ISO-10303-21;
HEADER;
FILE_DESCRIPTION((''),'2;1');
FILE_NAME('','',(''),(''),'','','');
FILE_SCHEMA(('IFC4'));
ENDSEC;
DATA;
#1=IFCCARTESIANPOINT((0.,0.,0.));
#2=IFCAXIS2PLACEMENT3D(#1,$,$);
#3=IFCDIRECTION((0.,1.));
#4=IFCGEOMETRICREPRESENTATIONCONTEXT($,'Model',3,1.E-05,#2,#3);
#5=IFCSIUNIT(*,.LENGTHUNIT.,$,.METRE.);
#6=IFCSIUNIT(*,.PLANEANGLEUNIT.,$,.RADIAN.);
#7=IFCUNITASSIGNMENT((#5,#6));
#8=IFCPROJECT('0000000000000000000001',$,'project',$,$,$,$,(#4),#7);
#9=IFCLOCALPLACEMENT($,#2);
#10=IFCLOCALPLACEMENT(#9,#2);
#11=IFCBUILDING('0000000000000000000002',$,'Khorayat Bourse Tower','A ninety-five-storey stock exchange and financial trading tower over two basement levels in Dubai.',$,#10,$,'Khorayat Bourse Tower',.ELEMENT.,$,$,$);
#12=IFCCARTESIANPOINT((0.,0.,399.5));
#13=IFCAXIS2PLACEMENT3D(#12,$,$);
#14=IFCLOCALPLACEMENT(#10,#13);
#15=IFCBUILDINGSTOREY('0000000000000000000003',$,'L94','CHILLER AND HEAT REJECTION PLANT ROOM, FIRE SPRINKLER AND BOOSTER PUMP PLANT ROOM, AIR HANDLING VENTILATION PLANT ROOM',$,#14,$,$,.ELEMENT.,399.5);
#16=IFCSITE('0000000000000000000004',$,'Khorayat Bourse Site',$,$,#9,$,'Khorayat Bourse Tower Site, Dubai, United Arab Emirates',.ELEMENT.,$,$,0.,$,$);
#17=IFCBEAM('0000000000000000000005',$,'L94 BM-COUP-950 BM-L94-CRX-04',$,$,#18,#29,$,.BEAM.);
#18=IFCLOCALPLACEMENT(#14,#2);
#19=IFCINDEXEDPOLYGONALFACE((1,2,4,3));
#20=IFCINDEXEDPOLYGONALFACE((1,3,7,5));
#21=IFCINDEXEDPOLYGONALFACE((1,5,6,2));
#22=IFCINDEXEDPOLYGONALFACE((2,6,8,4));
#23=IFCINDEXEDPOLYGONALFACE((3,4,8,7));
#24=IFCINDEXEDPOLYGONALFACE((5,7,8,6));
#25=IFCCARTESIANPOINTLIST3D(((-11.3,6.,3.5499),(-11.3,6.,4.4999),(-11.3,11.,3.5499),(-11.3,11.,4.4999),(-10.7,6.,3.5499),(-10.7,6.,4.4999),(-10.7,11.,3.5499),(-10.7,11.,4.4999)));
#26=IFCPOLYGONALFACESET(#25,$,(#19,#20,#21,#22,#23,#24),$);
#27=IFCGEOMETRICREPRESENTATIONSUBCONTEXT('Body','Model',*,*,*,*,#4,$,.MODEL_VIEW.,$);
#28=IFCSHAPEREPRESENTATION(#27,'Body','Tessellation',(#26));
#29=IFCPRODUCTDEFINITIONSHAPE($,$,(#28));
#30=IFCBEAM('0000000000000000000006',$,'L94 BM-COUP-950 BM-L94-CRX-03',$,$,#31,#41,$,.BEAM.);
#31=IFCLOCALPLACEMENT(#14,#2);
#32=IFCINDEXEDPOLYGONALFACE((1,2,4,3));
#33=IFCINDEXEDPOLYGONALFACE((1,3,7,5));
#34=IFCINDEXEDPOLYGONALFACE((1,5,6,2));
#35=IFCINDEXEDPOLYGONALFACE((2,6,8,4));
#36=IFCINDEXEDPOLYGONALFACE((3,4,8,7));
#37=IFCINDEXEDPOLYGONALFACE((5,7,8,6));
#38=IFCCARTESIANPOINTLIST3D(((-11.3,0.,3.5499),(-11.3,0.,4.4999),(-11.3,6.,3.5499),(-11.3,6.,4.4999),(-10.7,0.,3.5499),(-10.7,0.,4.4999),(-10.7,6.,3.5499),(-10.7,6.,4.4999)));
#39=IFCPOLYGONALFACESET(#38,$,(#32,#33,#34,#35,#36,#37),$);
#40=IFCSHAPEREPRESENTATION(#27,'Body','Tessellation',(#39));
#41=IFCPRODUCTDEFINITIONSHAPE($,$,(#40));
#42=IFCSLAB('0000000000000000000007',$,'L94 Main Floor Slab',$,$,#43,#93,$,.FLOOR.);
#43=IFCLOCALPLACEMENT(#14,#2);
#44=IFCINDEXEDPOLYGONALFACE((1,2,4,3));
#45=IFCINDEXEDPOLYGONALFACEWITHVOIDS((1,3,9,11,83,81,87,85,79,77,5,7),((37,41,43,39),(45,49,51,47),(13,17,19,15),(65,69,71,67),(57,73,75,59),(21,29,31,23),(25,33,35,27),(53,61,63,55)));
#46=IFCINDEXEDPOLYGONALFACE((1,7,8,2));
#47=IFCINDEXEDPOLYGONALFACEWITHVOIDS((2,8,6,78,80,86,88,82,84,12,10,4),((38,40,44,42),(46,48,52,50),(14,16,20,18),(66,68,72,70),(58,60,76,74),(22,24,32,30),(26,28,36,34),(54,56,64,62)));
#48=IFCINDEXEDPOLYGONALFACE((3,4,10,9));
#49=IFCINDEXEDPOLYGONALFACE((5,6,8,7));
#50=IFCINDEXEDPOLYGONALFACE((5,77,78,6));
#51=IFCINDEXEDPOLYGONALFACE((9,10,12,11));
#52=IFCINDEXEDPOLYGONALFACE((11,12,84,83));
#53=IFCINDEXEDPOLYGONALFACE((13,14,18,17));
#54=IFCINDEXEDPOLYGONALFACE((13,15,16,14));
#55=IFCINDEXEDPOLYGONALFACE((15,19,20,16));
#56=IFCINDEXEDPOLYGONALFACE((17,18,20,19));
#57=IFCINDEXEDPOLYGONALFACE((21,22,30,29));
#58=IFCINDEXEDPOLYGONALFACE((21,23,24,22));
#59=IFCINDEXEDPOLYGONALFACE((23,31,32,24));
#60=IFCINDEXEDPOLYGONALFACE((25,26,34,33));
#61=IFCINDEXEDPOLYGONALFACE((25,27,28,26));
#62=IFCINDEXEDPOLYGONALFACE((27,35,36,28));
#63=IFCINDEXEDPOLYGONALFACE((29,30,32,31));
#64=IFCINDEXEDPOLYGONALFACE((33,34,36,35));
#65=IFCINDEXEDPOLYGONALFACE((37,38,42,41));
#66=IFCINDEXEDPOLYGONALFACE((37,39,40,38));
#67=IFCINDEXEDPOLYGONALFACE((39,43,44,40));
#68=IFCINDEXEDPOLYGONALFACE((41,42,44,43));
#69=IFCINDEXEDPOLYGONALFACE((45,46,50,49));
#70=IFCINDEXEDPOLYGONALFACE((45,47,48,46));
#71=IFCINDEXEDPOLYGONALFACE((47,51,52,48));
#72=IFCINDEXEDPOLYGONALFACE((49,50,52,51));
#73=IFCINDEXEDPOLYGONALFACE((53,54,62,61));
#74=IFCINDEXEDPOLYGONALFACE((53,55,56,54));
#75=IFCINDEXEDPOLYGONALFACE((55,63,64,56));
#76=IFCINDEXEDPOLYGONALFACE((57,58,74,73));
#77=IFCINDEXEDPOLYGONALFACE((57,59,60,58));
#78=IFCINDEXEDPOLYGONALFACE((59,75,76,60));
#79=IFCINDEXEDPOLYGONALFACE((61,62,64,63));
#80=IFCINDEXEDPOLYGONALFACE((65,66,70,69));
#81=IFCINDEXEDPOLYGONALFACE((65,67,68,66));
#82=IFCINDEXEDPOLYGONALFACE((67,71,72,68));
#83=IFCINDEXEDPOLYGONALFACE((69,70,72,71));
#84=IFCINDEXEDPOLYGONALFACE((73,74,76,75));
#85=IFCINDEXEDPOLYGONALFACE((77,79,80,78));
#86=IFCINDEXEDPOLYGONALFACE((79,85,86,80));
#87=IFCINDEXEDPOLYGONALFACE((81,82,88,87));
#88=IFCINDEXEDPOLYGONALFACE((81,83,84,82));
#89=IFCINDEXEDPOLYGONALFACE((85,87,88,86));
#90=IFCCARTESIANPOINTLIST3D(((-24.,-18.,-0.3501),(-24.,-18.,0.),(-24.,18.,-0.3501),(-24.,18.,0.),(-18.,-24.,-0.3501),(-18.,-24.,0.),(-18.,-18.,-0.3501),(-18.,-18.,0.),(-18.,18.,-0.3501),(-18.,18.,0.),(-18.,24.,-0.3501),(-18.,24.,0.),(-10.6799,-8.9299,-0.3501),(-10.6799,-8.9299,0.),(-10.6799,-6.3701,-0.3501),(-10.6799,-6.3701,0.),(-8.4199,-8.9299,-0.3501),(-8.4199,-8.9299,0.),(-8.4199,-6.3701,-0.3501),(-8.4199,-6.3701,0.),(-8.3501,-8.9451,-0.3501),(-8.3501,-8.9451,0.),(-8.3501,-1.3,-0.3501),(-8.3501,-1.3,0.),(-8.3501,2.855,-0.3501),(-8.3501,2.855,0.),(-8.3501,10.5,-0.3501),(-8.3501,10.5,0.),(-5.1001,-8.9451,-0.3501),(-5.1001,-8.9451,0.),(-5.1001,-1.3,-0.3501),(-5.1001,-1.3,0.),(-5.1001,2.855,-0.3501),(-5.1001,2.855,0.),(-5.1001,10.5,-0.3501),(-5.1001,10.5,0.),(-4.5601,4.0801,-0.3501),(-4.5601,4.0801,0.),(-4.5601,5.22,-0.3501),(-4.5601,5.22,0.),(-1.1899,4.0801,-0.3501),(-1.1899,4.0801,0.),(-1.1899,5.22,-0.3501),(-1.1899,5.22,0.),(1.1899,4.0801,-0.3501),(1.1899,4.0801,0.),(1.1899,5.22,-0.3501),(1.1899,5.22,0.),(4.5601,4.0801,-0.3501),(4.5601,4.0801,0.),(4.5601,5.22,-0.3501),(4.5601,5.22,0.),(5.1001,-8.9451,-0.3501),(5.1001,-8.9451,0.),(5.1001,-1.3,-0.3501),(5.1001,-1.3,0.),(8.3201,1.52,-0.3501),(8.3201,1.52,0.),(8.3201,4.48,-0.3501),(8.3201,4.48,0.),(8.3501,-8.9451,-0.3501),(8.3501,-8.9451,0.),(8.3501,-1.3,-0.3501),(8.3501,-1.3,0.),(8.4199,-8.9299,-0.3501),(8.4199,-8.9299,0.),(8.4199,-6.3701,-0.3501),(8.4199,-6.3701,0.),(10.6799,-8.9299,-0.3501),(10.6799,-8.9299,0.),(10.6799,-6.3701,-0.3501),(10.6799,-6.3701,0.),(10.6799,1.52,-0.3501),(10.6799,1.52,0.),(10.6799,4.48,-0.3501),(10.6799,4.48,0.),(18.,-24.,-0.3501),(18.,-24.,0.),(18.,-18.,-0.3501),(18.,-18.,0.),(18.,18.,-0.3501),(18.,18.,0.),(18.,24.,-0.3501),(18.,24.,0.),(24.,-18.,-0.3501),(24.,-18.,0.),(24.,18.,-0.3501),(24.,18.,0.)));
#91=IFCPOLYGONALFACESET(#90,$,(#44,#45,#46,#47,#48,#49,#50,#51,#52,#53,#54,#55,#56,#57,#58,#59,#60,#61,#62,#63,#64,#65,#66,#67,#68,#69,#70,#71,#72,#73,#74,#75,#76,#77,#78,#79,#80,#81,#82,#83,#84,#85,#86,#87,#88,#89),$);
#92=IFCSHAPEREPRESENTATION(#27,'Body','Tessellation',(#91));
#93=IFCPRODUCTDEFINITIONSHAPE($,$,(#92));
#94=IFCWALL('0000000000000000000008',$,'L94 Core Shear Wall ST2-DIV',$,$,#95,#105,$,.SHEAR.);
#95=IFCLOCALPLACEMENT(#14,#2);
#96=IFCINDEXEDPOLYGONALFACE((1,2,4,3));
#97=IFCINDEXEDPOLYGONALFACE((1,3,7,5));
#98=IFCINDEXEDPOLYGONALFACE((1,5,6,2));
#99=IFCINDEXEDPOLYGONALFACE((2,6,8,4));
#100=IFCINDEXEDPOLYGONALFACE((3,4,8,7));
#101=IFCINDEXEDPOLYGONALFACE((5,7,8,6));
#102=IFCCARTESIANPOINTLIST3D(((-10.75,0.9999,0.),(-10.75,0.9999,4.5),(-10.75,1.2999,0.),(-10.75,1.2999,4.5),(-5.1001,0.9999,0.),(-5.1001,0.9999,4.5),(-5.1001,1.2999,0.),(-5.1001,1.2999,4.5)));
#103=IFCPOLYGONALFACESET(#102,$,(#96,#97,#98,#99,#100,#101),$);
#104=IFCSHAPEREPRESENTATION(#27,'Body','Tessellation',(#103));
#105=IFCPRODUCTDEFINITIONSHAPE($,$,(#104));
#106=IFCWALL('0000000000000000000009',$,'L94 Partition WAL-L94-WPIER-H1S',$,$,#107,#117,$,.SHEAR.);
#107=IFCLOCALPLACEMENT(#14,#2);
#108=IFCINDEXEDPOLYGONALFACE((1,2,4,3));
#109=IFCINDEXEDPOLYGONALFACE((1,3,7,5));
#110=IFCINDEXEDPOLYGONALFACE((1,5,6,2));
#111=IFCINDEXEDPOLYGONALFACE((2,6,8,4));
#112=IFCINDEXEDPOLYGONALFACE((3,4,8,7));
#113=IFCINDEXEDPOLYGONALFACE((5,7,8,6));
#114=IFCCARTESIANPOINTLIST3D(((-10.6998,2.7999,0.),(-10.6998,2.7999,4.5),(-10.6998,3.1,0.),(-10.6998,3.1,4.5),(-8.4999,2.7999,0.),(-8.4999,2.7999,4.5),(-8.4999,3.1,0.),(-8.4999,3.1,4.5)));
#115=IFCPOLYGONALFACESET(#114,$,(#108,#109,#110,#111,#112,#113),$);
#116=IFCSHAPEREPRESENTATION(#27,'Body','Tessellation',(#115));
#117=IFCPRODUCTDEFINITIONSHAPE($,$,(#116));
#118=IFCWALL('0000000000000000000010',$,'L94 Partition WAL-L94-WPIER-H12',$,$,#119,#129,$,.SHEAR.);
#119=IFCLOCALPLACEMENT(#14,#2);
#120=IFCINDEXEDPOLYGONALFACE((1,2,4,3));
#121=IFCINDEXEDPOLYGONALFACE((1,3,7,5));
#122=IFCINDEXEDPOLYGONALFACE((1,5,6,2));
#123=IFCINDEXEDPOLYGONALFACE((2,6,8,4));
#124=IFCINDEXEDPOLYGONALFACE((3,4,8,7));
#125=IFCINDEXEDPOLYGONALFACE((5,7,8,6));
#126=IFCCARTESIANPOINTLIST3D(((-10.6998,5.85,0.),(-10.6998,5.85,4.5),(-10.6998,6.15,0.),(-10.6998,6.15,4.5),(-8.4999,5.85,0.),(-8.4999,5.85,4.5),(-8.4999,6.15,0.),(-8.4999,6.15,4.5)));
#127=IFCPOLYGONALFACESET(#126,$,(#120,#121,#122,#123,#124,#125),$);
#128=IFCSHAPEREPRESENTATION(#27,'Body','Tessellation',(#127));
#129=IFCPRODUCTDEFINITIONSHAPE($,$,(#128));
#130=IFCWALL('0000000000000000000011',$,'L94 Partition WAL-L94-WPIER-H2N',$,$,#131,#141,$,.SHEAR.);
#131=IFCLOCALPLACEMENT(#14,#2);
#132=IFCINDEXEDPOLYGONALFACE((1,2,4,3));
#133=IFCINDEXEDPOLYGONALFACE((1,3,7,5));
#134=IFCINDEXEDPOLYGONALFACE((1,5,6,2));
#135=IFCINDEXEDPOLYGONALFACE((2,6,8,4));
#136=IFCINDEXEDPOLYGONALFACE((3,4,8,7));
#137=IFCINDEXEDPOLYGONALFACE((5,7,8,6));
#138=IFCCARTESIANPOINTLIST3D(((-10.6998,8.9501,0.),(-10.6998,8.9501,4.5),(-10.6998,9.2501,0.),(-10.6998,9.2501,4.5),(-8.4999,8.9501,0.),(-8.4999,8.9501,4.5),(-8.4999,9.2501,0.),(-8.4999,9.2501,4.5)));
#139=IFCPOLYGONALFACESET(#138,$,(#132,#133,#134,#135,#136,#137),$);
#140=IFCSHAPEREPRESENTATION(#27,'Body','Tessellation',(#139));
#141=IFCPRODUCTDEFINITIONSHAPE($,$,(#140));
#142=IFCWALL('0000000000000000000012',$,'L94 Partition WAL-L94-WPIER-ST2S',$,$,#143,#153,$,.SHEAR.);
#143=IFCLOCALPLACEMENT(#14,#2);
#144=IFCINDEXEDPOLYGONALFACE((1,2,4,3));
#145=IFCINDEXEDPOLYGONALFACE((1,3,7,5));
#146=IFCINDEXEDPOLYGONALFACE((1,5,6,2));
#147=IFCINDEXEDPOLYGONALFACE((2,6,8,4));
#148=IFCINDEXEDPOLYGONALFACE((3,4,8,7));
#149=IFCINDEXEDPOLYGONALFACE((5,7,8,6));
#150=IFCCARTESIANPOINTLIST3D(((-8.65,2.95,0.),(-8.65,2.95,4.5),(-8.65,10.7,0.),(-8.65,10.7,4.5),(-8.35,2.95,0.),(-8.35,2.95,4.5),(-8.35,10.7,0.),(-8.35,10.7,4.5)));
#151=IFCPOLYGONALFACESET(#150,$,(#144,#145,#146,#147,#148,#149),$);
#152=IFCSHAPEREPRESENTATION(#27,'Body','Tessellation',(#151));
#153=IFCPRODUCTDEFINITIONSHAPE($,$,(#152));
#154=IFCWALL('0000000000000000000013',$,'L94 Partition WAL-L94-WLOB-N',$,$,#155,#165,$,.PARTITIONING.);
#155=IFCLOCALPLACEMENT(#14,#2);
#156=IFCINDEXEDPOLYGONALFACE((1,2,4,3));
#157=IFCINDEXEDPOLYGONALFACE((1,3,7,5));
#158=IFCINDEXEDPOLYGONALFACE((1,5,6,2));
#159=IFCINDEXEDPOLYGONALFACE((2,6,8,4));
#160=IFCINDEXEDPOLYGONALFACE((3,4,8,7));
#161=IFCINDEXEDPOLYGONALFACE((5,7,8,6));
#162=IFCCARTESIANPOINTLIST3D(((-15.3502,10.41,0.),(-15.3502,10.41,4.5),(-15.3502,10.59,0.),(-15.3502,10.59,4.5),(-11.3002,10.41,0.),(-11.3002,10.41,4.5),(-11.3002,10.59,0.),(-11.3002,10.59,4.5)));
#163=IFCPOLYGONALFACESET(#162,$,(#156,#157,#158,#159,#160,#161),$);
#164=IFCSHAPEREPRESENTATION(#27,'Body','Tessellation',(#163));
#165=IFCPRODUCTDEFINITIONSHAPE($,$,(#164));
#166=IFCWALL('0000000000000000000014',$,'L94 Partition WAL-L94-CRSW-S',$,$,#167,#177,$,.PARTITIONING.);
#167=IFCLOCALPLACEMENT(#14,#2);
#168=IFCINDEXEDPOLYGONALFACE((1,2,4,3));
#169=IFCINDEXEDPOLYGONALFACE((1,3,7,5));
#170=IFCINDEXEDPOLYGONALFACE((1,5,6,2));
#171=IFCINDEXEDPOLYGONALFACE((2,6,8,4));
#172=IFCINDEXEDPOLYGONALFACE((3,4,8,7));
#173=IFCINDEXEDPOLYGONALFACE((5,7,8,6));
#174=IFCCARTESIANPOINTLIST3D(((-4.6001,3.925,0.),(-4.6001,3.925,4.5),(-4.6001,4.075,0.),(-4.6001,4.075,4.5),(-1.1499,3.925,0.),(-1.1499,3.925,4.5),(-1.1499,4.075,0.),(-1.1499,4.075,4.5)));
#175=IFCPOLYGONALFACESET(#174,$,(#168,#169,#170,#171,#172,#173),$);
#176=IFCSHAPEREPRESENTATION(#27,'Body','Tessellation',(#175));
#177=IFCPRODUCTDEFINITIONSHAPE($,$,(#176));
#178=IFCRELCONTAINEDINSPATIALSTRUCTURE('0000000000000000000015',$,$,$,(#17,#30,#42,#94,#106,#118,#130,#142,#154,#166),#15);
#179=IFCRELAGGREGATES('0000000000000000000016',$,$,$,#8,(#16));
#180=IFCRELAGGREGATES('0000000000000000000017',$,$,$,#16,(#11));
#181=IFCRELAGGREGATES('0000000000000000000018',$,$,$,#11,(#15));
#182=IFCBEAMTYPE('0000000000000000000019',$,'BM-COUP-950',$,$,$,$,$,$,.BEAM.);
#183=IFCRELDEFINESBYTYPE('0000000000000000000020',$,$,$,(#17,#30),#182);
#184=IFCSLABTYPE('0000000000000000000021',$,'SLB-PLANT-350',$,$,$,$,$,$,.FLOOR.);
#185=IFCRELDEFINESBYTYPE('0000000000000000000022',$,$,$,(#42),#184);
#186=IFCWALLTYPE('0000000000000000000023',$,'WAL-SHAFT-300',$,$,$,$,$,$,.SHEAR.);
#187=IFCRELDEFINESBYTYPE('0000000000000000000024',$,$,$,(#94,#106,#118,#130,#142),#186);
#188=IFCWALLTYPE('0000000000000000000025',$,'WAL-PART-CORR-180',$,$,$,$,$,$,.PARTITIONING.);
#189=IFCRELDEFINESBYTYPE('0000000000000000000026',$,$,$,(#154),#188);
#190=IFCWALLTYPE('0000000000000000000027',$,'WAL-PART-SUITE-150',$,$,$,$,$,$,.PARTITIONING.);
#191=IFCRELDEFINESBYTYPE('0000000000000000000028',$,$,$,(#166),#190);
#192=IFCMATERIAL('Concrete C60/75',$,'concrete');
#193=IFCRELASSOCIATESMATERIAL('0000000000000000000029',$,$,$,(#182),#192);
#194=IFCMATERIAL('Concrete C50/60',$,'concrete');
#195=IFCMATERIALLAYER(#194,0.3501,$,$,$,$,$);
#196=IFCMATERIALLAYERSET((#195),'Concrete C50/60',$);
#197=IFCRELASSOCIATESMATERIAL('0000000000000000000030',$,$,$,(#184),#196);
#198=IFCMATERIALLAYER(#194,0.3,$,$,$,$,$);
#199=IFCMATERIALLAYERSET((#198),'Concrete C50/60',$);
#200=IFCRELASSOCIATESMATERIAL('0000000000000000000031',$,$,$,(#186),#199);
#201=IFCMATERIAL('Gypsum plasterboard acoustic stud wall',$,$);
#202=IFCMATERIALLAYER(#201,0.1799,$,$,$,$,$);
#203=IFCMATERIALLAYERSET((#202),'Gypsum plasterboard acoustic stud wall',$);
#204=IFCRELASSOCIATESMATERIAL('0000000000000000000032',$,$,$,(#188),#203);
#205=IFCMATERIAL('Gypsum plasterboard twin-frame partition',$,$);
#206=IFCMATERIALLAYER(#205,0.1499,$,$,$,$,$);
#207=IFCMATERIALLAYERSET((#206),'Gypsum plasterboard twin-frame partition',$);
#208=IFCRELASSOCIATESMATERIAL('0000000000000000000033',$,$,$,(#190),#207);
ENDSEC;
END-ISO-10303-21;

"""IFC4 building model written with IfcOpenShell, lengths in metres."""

from ifc_helpers import new_model, si_unit, direction, frame, frame_2d, origin, origin_2d, place, context, subcontext, project, spatial, polyline, rectangle, outline, extrude, source, transform, mapped, material, layer, layer_set, material_profile, profile_set, type_object, element, save


model = new_model("IFC4")

# Units and contexts
model_context = context("Model", 3, precision=1e-05, world=origin(), true_north=direction((0.0, 1.0)))
body_context = subcontext(model_context, "Body", "Model", "MODEL_VIEW")
ifc_project = project(units=[si_unit("LENGTHUNIT", "METRE"), si_unit("PLANEANGLEUNIT", "RADIAN")], contexts=[model_context])

# Site, building, storey
site_placement = place(None, origin())
site = spatial("IfcSite", under=ifc_project, at=site_placement, Name="Khorayat Bourse Site", LongName="Khorayat Bourse Tower Site, Dubai, United Arab Emirates", CompositionType="ELEMENT", RefElevation=0.0)
building_placement = place(site_placement, origin())
building = spatial("IfcBuilding", under=site, at=building_placement, Name="Khorayat Bourse Tower", Description="A ninety-five-storey stock exchange and financial trading tower over two basement levels in Dubai.", LongName="Khorayat Bourse Tower", CompositionType="ELEMENT")
storey_placement = place(building_placement, frame((0.0, 0.0, 399.5)))
storey = spatial("IfcBuildingStorey", under=building, at=storey_placement, Name="L94", Description="CHILLER AND HEAT REJECTION PLANT ROOM, FIRE SPRINKLER AND BOOSTER PUMP PLANT ROOM, AIR HANDLING VENTILATION PLANT ROOM", CompositionType="ELEMENT", Elevation=399.5)

# Beams
ifc_material_1 = material(Name="Concrete C60/75", Category="concrete")
ifc_material_profile_1 = material_profile(ifc_material_1, rectangle(XDim=0.6001, YDim=0.95, at=origin_2d()), Name="RC 600x950")
ifc_profile_set_1 = profile_set([ifc_material_profile_1], Name="Concrete C60/75")
beam_type_1 = type_object("IfcBeamType", Name="BM-COUP-950", PredefinedType="BEAM", material=ifc_profile_set_1)
shared_shape_1 = source(origin(), body_context, "Body", "SweptSolid", [
    extrude(rectangle(XDim=0.6001, YDim=0.95, at=origin_2d()), origin(), (0.0, 0.0, 1.0), 5.0),
])
beam_1_placement = place(storey_placement, frame((-11.0, 6.0, 4.0249), z_axis=(0.0, 1.0, 0.0), x_axis=(-1.0, 0.0, 0.0)))
element("IfcBeam", 1, at=beam_1_placement, inside=storey, type_object=beam_type_1, Name="L94 BM-COUP-950 BM-L94-CRX-04", PredefinedType="BEAM", context=body_context, shape_type="MappedRepresentation", body=[
    mapped(shared_shape_1, transform((0.0, 0.0, 0.0), scale=1.0)),
])
shared_shape_2 = source(origin(), body_context, "Body", "SweptSolid", [
    extrude(rectangle(XDim=0.6001, YDim=0.95, at=origin_2d()), origin(), (0.0, 0.0, 1.0), 6.0),
])
beam_2_placement = place(storey_placement, frame((-11.0, 0.0, 4.0249), z_axis=(0.0, 1.0, 0.0), x_axis=(-1.0, 0.0, 0.0)))
element("IfcBeam", 2, at=beam_2_placement, inside=storey, type_object=beam_type_1, Name="L94 BM-COUP-950 BM-L94-CRX-03", PredefinedType="BEAM", context=body_context, shape_type="MappedRepresentation", body=[
    mapped(shared_shape_2, transform((0.0, 0.0, 0.0), scale=1.0)),
])

# Slab
ifc_material_2 = material(Name="Concrete C50/60", Category="concrete")
ifc_layer_1 = layer(ifc_material_2, 0.3501)
ifc_layer_set_1 = layer_set([ifc_layer_1], Name="Concrete C50/60")
slab_type = type_object("IfcSlabType", Name="SLB-PLANT-350", PredefinedType="FLOOR", material=ifc_layer_set_1)
slab_placement = place(storey_placement, frame((0.0, 0.0, -0.3501)))
element("IfcSlab", 3, at=slab_placement, inside=storey, type_object=slab_type, Name="L94 Main Floor Slab", PredefinedType="FLOOR", context=body_context, shape_type="SweptSolid", body=[
    extrude(outline(polyline([(-18.0, -24.0), (18.0, -24.0), (18.0, -18.0), (24.0, -18.0), (24.0, 18.0), (18.0, 18.0), (18.0, 24.0), (-18.0, 24.0), (-18.0, 18.0), (-24.0, 18.0), (-24.0, -18.0), (-18.0, -18.0), (-18.0, -24.0)]), holes=[polyline([(-8.3501, -8.9451), (-5.1001, -8.9451), (-5.1001, -1.3), (-8.3501, -1.3), (-8.3501, -8.9451)]), polyline([(-8.3501, 2.855), (-5.1001, 2.855), (-5.1001, 10.5), (-8.3501, 10.5), (-8.3501, 2.855)]), polyline([(5.1001, -8.9451), (8.3501, -8.9451), (8.3501, -1.3), (5.1001, -1.3), (5.1001, -8.9451)]), polyline([(-10.6799, -8.9299), (-8.4199, -8.9299), (-8.4199, -6.3701), (-10.6799, -6.3701), (-10.6799, -8.9299)]), polyline([(8.4199, -8.9299), (10.6799, -8.9299), (10.6799, -6.3701), (8.4199, -6.3701), (8.4199, -8.9299)]), polyline([(8.3201, 1.52), (10.6799, 1.52), (10.6799, 4.48), (8.3201, 4.48), (8.3201, 1.52)]), polyline([(-4.5601, 4.0801), (-1.1899, 4.0801), (-1.1899, 5.22), (-4.5601, 5.22), (-4.5601, 4.0801)]), polyline([(1.1899, 4.0801), (4.5601, 4.0801), (4.5601, 5.22), (1.1899, 5.22), (1.1899, 4.0801)])]), origin(), (0.0, 0.0, 1.0), 0.3501),
])

# Walls
ifc_layer_2 = layer(ifc_material_2, 0.3)
ifc_layer_set_2 = layer_set([ifc_layer_2], Name="Concrete C50/60")
wall_type_1 = type_object("IfcWallType", Name="WAL-SHAFT-300", PredefinedType="SHEAR", material=ifc_layer_set_2)
shared_shape_3 = source(origin(), body_context, "Body", "SweptSolid", [
    extrude(rectangle(XDim=5.6499, YDim=0.3, at=frame_2d((2.825, 0.0))), origin(), (0.0, 0.0, 1.0), 4.5),
])
wall_1_placement = place(storey_placement, frame((-10.75, 1.1499, 0.0), z_axis=(0.0, 0.0, 1.0), x_axis=(1.0, 0.0, 0.0)))
element("IfcWall", 4, at=wall_1_placement, inside=storey, type_object=wall_type_1, Name="L94 Core Shear Wall ST2-DIV", PredefinedType="SHEAR", context=body_context, shape_type="MappedRepresentation", body=[
    mapped(shared_shape_3, transform((0.0, 0.0, 0.0), scale=1.0)),
])
shared_shape_4 = source(origin(), body_context, "Body", "SweptSolid", [
    extrude(rectangle(XDim=2.2, YDim=0.3, at=frame_2d((1.1001, 0.0))), origin(), (0.0, 0.0, 1.0), 4.5),
])
for number, where, z_axis, x_axis, name in (
    (5, (-10.7, 2.95, 0.0), (0.0, 0.0, 1.0), (1.0, 0.0, 0.0), "L94 Partition WAL-L94-WPIER-H1S"),
    (6, (-10.7, 6.0, 0.0), (0.0, 0.0, 1.0), (1.0, 0.0, 0.0), "L94 Partition WAL-L94-WPIER-H12"),
    (7, (-10.7, 9.1001, 0.0), (0.0, 0.0, 1.0), (1.0, 0.0, 0.0), "L94 Partition WAL-L94-WPIER-H2N"),
):
    element("IfcWall", number, at=place(storey_placement, frame(where, z_axis=z_axis, x_axis=x_axis)), inside=storey, type_object=wall_type_1, Name=name, PredefinedType="SHEAR", context=body_context, shape_type="MappedRepresentation", body=[
        mapped(shared_shape_4, transform((0.0, 0.0, 0.0), scale=1.0)),
    ])
shared_shape_5 = source(origin(), body_context, "Body", "SweptSolid", [
    extrude(rectangle(XDim=7.75, YDim=0.3, at=frame_2d((3.875, 0.0))), origin(), (0.0, 0.0, 1.0), 4.5),
])
wall_2_placement = place(storey_placement, frame((-8.5, 2.95, 0.0), z_axis=(0.0, 0.0, 1.0), x_axis=(0.0, 1.0, 0.0)))
element("IfcWall", 8, at=wall_2_placement, inside=storey, type_object=wall_type_1, Name="L94 Partition WAL-L94-WPIER-ST2S", PredefinedType="SHEAR", context=body_context, shape_type="MappedRepresentation", body=[
    mapped(shared_shape_5, transform((0.0, 0.0, 0.0), scale=1.0)),
])
ifc_material_3 = material(Name="Gypsum plasterboard acoustic stud wall")
ifc_layer_3 = layer(ifc_material_3, 0.1799)
ifc_layer_set_3 = layer_set([ifc_layer_3], Name="Gypsum plasterboard acoustic stud wall")
wall_type_2 = type_object("IfcWallType", Name="WAL-PART-CORR-180", PredefinedType="PARTITIONING", material=ifc_layer_set_3)
shared_shape_6 = source(origin(), body_context, "Body", "SweptSolid", [
    extrude(rectangle(XDim=4.05, YDim=0.1799, at=frame_2d((2.0249, 0.0))), origin(), (0.0, 0.0, 1.0), 4.5),
])
wall_3_placement = place(storey_placement, frame((-15.3501, 10.5, 0.0), z_axis=(0.0, 0.0, 1.0), x_axis=(1.0, 0.0, 0.0)))
element("IfcWall", 9, at=wall_3_placement, inside=storey, type_object=wall_type_2, Name="L94 Partition WAL-L94-WLOB-N", PredefinedType="PARTITIONING", context=body_context, shape_type="MappedRepresentation", body=[
    mapped(shared_shape_6, transform((0.0, 0.0, 0.0), scale=1.0)),
])
ifc_material_4 = material(Name="Gypsum plasterboard twin-frame partition")
ifc_layer_4 = layer(ifc_material_4, 0.1499)
ifc_layer_set_4 = layer_set([ifc_layer_4], Name="Gypsum plasterboard twin-frame partition")
wall_type_3 = type_object("IfcWallType", Name="WAL-PART-SUITE-150", PredefinedType="PARTITIONING", material=ifc_layer_set_4)
shared_shape_7 = source(origin(), body_context, "Body", "SweptSolid", [
    extrude(rectangle(XDim=3.4502, YDim=0.1499, at=frame_2d((1.7251, 0.0))), origin(), (0.0, 0.0, 1.0), 4.5),
])
for number, where, z_axis, x_axis, name in (
    (10, (-4.6001, 4.0, 0.0), (0.0, 0.0, 1.0), (1.0, 0.0, 0.0), "L94 Partition WAL-L94-CRSW-S"),
):
    element("IfcWall", number, at=place(storey_placement, frame(where, z_axis=z_axis, x_axis=x_axis)), inside=storey, type_object=wall_type_3, Name=name, PredefinedType="PARTITIONING", context=body_context, shape_type="MappedRepresentation", body=[
        mapped(shared_shape_7, transform((0.0, 0.0, 0.0), scale=1.0)),
    ])

save(model, "model.ifc")
